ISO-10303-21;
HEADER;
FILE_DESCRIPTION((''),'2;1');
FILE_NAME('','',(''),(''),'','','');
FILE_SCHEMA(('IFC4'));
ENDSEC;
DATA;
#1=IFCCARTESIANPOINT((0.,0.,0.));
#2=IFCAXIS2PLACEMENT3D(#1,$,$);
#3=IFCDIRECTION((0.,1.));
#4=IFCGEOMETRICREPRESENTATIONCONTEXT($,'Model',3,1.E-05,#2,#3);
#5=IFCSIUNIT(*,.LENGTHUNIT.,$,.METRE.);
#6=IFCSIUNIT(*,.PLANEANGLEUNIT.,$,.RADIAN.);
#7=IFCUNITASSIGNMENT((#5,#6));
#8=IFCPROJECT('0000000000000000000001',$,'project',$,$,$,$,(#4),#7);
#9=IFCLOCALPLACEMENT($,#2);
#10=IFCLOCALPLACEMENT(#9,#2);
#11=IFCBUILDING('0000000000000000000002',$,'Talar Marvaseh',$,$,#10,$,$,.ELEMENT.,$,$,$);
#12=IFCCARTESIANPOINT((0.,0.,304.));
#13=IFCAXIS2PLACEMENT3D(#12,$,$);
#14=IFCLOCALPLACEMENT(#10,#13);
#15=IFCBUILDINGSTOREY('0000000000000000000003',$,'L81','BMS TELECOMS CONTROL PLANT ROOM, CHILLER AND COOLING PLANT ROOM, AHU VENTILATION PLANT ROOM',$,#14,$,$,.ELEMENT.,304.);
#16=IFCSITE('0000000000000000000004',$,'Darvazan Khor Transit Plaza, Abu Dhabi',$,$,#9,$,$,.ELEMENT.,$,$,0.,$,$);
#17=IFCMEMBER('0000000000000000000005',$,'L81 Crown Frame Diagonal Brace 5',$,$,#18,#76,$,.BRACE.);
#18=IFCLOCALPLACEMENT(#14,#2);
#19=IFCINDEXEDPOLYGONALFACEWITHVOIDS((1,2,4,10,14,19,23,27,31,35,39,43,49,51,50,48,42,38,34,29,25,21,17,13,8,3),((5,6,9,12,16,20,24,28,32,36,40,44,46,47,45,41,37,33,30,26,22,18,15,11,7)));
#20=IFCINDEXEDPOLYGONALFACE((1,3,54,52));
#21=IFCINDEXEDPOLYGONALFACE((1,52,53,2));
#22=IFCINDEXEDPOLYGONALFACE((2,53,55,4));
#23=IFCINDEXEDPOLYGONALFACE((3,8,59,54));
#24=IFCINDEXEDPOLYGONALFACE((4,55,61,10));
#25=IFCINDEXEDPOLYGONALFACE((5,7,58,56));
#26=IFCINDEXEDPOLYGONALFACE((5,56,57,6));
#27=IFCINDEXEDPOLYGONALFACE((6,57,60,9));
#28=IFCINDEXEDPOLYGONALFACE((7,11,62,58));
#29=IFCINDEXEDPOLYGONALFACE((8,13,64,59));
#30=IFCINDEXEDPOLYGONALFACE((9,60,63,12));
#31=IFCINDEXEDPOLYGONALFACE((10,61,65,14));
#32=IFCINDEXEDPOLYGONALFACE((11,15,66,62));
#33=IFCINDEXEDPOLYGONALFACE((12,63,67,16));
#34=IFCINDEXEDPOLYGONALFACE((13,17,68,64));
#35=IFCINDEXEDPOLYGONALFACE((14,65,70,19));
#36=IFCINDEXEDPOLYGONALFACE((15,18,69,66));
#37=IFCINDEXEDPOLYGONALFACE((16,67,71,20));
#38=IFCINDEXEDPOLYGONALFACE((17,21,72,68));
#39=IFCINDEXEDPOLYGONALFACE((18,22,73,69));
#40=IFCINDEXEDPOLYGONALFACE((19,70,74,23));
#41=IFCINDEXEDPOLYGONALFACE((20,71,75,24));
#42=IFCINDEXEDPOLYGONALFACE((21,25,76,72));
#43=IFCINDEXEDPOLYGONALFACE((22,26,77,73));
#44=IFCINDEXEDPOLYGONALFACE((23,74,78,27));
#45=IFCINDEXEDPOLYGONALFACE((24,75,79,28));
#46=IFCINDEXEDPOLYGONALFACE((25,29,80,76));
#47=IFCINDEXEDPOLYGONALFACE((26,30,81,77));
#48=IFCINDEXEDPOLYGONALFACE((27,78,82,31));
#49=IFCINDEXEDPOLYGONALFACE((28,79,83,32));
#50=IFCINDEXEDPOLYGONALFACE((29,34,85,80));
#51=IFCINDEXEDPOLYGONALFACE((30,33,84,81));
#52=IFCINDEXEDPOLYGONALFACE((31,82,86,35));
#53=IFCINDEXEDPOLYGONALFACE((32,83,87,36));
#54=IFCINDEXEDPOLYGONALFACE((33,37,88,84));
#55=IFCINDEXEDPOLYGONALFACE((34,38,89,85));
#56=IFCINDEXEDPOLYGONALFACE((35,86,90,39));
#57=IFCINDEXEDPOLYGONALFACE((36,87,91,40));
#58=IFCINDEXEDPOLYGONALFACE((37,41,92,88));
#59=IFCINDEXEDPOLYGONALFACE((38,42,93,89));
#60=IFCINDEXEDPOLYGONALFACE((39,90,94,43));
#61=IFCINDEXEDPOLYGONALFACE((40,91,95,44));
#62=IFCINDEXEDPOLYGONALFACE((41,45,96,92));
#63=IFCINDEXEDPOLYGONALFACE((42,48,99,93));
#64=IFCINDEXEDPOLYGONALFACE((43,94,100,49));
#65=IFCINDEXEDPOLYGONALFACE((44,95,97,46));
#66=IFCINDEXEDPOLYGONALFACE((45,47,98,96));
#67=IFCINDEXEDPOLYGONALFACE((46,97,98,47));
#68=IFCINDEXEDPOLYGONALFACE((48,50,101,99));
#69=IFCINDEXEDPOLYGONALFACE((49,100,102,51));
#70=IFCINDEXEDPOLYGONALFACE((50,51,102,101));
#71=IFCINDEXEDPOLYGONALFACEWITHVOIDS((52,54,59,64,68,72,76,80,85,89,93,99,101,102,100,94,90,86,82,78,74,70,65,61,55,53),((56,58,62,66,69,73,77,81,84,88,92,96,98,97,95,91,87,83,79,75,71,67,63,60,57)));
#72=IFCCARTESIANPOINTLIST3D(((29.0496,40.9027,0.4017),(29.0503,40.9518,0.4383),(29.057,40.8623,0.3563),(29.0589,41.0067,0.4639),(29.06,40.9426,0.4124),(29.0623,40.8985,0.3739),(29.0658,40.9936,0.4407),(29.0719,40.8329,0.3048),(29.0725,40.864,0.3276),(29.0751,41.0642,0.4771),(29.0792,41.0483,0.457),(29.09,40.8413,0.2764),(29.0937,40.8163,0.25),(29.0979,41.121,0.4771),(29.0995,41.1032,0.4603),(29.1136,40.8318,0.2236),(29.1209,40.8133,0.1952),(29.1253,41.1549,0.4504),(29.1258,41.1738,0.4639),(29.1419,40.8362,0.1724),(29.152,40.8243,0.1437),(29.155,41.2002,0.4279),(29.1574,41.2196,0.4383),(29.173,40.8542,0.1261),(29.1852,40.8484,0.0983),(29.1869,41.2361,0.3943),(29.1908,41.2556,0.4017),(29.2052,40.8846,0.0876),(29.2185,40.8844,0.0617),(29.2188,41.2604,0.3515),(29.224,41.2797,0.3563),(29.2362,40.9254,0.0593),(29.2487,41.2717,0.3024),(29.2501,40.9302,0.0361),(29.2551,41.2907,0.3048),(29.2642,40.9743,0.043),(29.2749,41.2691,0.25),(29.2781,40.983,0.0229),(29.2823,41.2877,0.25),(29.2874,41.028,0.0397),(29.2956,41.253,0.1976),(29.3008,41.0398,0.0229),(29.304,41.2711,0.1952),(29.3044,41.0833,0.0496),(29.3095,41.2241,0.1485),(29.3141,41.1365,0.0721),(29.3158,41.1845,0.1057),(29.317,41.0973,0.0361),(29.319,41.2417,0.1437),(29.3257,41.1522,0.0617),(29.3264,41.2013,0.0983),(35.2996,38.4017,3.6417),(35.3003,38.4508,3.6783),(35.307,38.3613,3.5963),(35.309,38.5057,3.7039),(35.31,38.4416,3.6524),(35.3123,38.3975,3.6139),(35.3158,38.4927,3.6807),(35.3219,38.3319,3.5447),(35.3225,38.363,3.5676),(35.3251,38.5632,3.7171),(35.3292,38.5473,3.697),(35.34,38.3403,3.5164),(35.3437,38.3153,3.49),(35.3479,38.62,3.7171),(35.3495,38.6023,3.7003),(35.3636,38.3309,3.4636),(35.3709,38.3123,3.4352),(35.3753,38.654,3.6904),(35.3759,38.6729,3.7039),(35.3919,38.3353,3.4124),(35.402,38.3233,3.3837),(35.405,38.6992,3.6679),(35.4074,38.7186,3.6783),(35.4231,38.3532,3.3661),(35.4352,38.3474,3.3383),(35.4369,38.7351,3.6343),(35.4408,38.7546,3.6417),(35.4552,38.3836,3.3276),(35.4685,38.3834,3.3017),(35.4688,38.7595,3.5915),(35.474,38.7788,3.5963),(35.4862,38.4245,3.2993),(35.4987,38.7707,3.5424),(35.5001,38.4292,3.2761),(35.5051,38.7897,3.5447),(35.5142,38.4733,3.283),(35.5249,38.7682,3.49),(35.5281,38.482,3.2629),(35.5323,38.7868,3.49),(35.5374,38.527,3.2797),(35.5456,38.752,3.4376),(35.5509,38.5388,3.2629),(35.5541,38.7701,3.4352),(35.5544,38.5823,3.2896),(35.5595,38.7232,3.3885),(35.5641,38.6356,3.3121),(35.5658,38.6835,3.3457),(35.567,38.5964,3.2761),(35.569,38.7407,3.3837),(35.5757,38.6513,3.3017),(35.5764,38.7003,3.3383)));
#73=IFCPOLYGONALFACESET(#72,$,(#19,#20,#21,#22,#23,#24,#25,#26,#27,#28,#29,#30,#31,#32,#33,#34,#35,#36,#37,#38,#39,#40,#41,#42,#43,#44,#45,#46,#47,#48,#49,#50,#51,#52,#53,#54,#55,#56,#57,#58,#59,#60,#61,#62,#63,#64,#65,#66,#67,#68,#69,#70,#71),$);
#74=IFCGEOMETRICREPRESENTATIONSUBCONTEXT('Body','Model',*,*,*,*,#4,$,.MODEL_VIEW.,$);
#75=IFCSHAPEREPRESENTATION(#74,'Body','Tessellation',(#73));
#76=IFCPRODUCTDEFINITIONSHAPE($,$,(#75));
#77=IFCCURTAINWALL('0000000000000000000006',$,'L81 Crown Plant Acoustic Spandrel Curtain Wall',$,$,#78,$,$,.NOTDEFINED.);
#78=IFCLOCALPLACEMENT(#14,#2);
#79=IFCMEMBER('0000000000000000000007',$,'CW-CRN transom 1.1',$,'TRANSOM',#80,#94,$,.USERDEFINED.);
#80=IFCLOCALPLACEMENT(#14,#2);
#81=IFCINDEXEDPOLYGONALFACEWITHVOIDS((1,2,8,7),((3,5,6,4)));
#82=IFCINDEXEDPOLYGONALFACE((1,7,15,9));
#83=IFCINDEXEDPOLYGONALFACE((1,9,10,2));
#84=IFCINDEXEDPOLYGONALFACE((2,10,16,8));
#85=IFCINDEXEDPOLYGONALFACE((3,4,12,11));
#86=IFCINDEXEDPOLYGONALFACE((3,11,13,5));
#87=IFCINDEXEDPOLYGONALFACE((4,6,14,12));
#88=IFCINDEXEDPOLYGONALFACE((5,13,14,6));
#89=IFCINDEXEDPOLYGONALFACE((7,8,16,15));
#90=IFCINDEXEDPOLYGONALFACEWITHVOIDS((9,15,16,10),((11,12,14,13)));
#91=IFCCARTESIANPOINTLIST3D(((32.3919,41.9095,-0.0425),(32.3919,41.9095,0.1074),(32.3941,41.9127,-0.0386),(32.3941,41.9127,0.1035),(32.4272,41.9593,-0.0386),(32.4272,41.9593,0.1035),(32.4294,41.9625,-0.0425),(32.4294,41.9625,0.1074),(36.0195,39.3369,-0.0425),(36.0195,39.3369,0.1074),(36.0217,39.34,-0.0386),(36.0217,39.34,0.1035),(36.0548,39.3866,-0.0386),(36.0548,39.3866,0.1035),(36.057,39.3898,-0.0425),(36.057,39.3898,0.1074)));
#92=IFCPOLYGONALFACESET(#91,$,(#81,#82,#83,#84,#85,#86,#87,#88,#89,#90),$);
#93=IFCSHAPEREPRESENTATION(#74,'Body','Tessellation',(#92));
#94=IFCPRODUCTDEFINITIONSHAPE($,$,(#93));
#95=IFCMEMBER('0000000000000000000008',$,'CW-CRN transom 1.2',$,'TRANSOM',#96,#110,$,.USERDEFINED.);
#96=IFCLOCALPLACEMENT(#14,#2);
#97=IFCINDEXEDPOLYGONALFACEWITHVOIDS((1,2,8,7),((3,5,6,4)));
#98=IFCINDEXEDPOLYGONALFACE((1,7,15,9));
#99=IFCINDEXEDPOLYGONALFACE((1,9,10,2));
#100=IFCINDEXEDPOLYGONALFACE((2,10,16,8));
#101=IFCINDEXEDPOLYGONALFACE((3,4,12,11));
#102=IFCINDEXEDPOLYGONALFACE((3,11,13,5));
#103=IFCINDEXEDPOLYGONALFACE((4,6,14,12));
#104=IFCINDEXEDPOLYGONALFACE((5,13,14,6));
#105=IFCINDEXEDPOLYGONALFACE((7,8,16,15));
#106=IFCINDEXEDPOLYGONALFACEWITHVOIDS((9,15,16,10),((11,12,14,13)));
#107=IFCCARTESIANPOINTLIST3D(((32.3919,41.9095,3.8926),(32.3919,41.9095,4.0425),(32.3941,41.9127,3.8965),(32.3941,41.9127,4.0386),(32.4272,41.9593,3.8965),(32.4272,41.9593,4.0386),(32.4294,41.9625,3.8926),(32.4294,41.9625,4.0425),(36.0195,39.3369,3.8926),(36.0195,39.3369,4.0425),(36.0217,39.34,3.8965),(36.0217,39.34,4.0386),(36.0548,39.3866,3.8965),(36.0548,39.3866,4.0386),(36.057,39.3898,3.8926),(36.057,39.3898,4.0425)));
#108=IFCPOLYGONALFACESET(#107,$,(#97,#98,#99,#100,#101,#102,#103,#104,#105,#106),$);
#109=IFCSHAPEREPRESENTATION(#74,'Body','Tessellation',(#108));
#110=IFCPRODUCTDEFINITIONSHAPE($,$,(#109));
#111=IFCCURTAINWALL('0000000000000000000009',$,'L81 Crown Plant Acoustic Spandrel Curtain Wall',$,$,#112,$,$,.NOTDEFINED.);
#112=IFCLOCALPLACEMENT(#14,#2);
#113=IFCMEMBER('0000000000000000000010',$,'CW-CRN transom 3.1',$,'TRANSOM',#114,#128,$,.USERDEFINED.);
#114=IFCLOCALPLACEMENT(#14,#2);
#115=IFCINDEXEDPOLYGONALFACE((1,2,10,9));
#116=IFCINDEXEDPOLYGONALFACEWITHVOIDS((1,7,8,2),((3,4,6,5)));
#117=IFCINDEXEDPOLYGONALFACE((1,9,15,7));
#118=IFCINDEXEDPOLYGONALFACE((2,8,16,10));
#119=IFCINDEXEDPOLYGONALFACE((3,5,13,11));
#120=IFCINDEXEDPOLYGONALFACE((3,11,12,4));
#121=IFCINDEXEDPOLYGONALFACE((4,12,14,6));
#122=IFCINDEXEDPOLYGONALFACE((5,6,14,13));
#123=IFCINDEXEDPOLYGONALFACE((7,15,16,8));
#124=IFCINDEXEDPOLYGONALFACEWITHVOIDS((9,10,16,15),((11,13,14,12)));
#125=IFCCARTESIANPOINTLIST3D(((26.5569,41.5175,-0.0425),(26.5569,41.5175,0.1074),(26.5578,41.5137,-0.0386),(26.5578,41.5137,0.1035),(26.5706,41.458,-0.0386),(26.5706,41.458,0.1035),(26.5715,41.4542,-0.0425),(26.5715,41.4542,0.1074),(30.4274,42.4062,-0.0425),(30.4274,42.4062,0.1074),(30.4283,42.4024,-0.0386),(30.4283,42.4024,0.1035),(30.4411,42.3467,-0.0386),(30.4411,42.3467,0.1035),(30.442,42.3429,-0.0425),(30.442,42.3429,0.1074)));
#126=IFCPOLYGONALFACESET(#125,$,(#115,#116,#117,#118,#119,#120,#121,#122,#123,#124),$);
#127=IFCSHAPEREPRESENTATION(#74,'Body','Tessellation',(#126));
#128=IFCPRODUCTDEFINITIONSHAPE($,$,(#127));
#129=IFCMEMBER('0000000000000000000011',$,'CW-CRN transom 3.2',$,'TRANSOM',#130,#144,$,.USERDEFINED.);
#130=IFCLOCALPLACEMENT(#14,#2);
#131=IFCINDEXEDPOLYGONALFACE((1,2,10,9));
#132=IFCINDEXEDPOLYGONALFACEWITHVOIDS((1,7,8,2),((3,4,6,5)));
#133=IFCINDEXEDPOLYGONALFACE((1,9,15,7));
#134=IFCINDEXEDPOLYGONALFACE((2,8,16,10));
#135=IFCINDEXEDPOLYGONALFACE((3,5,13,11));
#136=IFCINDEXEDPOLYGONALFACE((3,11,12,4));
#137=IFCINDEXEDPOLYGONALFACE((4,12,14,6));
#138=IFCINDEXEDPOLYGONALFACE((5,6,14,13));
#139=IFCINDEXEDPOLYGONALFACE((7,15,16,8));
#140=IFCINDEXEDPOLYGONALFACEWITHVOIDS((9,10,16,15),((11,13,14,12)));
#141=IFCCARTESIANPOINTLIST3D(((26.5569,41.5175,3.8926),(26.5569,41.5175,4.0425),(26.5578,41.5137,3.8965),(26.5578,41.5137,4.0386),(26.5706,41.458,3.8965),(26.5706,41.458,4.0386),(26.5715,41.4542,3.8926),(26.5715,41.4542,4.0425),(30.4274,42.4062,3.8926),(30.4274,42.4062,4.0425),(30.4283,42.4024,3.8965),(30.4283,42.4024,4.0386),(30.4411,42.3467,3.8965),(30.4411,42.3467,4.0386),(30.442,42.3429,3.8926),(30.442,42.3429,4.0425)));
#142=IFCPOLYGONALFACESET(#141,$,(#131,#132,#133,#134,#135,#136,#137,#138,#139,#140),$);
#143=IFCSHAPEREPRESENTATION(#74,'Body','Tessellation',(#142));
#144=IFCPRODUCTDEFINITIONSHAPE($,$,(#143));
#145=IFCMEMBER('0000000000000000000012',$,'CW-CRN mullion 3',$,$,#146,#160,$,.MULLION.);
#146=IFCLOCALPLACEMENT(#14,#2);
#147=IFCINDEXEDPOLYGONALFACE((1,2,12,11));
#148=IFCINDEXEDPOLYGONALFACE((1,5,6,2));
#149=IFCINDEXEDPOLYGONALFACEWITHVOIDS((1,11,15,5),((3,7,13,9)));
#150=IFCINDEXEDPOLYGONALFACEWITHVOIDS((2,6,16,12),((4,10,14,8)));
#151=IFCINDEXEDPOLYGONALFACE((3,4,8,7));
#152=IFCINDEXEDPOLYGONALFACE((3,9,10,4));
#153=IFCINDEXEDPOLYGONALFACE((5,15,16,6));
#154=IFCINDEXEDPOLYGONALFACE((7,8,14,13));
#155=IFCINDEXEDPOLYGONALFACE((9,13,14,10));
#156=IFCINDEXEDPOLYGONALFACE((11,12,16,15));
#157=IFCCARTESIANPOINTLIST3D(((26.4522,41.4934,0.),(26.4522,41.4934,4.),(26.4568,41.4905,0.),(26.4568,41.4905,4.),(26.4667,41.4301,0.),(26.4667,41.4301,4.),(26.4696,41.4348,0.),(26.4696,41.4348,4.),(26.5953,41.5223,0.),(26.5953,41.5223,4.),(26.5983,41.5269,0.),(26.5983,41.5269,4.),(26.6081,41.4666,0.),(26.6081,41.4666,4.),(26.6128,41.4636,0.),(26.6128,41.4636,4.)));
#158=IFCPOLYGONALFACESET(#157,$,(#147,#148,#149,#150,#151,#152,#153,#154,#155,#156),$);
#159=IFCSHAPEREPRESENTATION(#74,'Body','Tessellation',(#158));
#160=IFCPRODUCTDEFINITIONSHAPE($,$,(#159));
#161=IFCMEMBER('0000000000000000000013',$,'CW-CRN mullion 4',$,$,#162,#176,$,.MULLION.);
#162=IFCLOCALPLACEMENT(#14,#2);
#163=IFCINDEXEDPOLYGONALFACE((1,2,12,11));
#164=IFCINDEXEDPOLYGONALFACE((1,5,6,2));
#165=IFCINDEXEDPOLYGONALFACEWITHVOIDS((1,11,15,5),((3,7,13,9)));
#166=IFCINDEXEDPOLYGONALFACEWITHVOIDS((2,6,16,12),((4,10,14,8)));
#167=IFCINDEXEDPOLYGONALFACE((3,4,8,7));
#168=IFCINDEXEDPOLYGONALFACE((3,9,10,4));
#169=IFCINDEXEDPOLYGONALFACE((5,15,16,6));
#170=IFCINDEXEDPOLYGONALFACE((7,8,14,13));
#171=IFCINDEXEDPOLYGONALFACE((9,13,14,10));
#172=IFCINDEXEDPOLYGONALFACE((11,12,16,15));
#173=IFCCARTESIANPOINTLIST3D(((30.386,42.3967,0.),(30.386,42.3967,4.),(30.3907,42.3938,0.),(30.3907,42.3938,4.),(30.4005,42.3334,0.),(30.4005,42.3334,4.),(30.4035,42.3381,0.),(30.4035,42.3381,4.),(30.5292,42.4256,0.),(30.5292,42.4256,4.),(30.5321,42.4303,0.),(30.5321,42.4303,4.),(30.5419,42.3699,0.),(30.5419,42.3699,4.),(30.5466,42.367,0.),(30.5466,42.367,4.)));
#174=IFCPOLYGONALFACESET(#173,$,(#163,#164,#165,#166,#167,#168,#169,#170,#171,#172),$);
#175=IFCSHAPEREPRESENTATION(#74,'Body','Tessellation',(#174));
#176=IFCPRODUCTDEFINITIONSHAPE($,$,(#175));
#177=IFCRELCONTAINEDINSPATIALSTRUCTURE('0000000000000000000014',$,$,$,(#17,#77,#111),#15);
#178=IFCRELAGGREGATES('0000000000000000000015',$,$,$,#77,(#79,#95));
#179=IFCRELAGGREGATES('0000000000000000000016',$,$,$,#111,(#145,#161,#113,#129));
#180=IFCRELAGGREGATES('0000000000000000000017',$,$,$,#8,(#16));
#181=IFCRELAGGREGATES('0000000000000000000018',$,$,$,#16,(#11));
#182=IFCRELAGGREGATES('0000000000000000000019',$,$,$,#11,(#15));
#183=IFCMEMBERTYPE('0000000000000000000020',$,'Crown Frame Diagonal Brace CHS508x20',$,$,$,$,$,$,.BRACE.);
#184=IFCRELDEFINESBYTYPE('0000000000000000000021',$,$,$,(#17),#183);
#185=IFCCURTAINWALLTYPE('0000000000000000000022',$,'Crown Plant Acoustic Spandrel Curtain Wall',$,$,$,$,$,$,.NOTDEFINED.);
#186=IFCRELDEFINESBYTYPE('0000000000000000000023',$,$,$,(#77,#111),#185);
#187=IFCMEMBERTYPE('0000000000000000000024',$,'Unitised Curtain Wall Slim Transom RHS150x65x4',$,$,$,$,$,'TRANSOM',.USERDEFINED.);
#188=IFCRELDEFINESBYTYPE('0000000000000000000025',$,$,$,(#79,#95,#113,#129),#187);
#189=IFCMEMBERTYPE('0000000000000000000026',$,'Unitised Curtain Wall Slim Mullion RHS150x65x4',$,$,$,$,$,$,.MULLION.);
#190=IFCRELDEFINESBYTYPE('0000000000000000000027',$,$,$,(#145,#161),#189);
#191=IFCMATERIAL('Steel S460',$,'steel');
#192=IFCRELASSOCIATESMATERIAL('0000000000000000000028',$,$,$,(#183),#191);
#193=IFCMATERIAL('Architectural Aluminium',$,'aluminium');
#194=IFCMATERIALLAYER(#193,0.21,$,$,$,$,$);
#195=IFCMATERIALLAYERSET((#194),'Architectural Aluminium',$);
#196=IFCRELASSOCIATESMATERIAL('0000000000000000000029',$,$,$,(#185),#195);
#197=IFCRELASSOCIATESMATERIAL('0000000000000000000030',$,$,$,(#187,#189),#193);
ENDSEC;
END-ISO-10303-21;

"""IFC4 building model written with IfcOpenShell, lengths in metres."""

from ifc_helpers import new_model, si_unit, direction, frame, origin, origin_2d, place, context, subcontext, project, spatial, hollow_rectangle, hollow_circle, extrude, source, transform, mapped, material, layer, layer_set, material_profile, profile_set, type_object, type_shapes, element, aggregate, save


model = new_model("IFC4")

# Units and contexts
model_context = context("Model", 3, precision=1e-05, world=origin(), true_north=direction((0.0, 1.0)))
body_context = subcontext(model_context, "Body", "Model", "MODEL_VIEW")
ifc_project = project(units=[si_unit("LENGTHUNIT", "METRE"), si_unit("PLANEANGLEUNIT", "RADIAN")], contexts=[model_context])

# Site, building, storey
site_placement = place(None, origin())
site = spatial("IfcSite", under=ifc_project, at=site_placement, Name="Darvazan Khor Transit Plaza, Abu Dhabi", CompositionType="ELEMENT", RefElevation=0.0)
building_placement = place(site_placement, origin())
building = spatial("IfcBuilding", under=site, at=building_placement, Name="Talar Marvaseh", CompositionType="ELEMENT")
storey_placement = place(building_placement, frame((0.0, 0.0, 304.0)))
storey = spatial("IfcBuildingStorey", under=building, at=storey_placement, Name="L81", Description="BMS TELECOMS CONTROL PLANT ROOM, CHILLER AND COOLING PLANT ROOM, AHU VENTILATION PLANT ROOM", CompositionType="ELEMENT", Elevation=304.0)

# Shared definitions
ifc_material_1 = material(Name="Steel S460", Category="steel")

# Member
ifc_material_profile_1 = material_profile(ifc_material_1, hollow_circle(Radius=0.2539, WallThickness=0.02, at=origin_2d()), Name="CHS508x20")
ifc_profile_set_1 = profile_set([ifc_material_profile_1], Name="Steel S460")
member_type_1 = type_object("IfcMemberType", Name="Crown Frame Diagonal Brace CHS508x20", PredefinedType="BRACE", material=ifc_profile_set_1)
shared_shape_1 = source(origin(), body_context, "Body", "SweptSolid", [
    extrude(hollow_circle(Radius=0.2539, WallThickness=0.02, at=origin_2d()), origin(), (0.0, 0.0, 1.0), 7.4709),
])
type_shapes(member_type_1, [shared_shape_1])
member_1_placement = place(storey_placement, frame((29.188, 41.052, 0.25), z_axis=(0.836575, -0.334761, 0.433679), x_axis=(0.371516, 0.928427, 0.0)))
element("IfcMember", 1, at=member_1_placement, inside=storey, type_object=member_type_1, Name="L81 Crown Frame Diagonal Brace 5", PredefinedType="BRACE", context=body_context, shape_type="MappedRepresentation", body=[
    mapped(shared_shape_1, transform((0.0, 0.0, 0.0), x_axis=(1.0, 0.0, 0.0), y_axis=(0.0, 1.0, 0.0), z_axis=(0.0, 0.0, 1.0), scale=1.0)),
])

# Curtain walls, members
ifc_material_2 = material(Name="Architectural Aluminium", Category="aluminium")
ifc_layer_1 = layer(ifc_material_2, 0.21)
ifc_layer_set_1 = layer_set([ifc_layer_1], Name="Architectural Aluminium")
curtain_wall_type = type_object("IfcCurtainWallType", Name="Crown Plant Acoustic Spandrel Curtain Wall", PredefinedType="NOTDEFINED", material=ifc_layer_set_1)
curtain_wall_1_placement = place(storey_placement, origin())
curtain_wall_1 = element("IfcCurtainWall", 2, at=curtain_wall_1_placement, inside=storey, type_object=curtain_wall_type, Name="L81 Crown Plant Acoustic Spandrel Curtain Wall", PredefinedType="NOTDEFINED")
ifc_material_profile_2 = material_profile(ifc_material_2, hollow_rectangle(XDim=0.0649, YDim=0.1499, WallThickness=0.0039, at=origin_2d()), Name="RHS150x65x4")
ifc_profile_set_2 = profile_set([ifc_material_profile_2], Name="Architectural Aluminium")
member_type_2 = type_object("IfcMemberType", Name="Unitised Curtain Wall Slim Transom RHS150x65x4", ElementType="TRANSOM", PredefinedType="USERDEFINED", material=ifc_profile_set_2)
shared_shape_2 = source(origin(), body_context, "Body", "SweptSolid", [
    extrude(hollow_rectangle(XDim=0.0649, YDim=0.1499, WallThickness=0.0039, at=origin_2d()), origin(), (0.0, 0.0, 1.0), 4.4473),
])
member_2_placement = place(storey_placement, frame((32.4106, 41.936, 0.0325), z_axis=(0.815691, -0.578488, 0.0), x_axis=(0.578488, 0.815691, 0.0)))
member_2 = element("IfcMember", 3, at=member_2_placement, type_object=member_type_2, Name="CW-CRN transom 1.1", ObjectType="TRANSOM", PredefinedType="USERDEFINED", context=body_context, shape_type="MappedRepresentation", body=[
    mapped(shared_shape_2, transform((0.0, 0.0, 0.0), x_axis=(1.0, 0.0, 0.0), y_axis=(0.0, 1.0, 0.0), z_axis=(0.0, 0.0, 1.0), scale=1.0)),
])
member_3_placement = place(storey_placement, frame((32.4106, 41.936, 3.9675), z_axis=(0.815691, -0.578488, 0.0), x_axis=(0.578488, 0.815691, 0.0)))
member_3 = element("IfcMember", 4, at=member_3_placement, type_object=member_type_2, Name="CW-CRN transom 1.2", ObjectType="TRANSOM", PredefinedType="USERDEFINED", context=body_context, shape_type="MappedRepresentation", body=[
    mapped(shared_shape_2, transform((0.0, 0.0, 0.0), x_axis=(1.0, 0.0, 0.0), y_axis=(0.0, 1.0, 0.0), z_axis=(0.0, 0.0, 1.0), scale=1.0)),
])
curtain_wall_2_placement = place(storey_placement, origin())
curtain_wall_2 = element("IfcCurtainWall", 5, at=curtain_wall_2_placement, inside=storey, type_object=curtain_wall_type, Name="L81 Crown Plant Acoustic Spandrel Curtain Wall", PredefinedType="NOTDEFINED")
shared_shape_3 = source(origin(), body_context, "Body", "SweptSolid", [
    extrude(hollow_rectangle(XDim=0.0649, YDim=0.1499, WallThickness=0.0039, at=origin_2d()), origin(), (0.0, 0.0, 1.0), 3.9712),
])
type_shapes(member_type_2, [shared_shape_2, shared_shape_3])
member_4_placement = place(storey_placement, frame((26.5642, 41.4858, 0.0325), z_axis=(0.974638, 0.223786, 0.0), x_axis=(-0.223786, 0.974638, 0.0)))
member_4 = element("IfcMember", 6, at=member_4_placement, type_object=member_type_2, Name="CW-CRN transom 3.1", ObjectType="TRANSOM", PredefinedType="USERDEFINED", context=body_context, shape_type="MappedRepresentation", body=[
    mapped(shared_shape_3, transform((0.0, 0.0, 0.0), x_axis=(1.0, 0.0, 0.0), y_axis=(0.0, 1.0, 0.0), z_axis=(0.0, 0.0, 1.0), scale=1.0)),
])
member_5_placement = place(storey_placement, frame((26.5642, 41.4858, 3.9675), z_axis=(0.974638, 0.223786, 0.0), x_axis=(-0.223786, 0.974638, 0.0)))
member_5 = element("IfcMember", 7, at=member_5_placement, type_object=member_type_2, Name="CW-CRN transom 3.2", ObjectType="TRANSOM", PredefinedType="USERDEFINED", context=body_context, shape_type="MappedRepresentation", body=[
    mapped(shared_shape_3, transform((0.0, 0.0, 0.0), x_axis=(1.0, 0.0, 0.0), y_axis=(0.0, 1.0, 0.0), z_axis=(0.0, 0.0, 1.0), scale=1.0)),
])
ifc_material_profile_3 = material_profile(ifc_material_2, hollow_rectangle(XDim=0.0649, YDim=0.1499, WallThickness=0.0039, at=origin_2d()), Name="RHS150x65x4")
ifc_profile_set_3 = profile_set([ifc_material_profile_3], Name="Architectural Aluminium")
member_type_3 = type_object("IfcMemberType", Name="Unitised Curtain Wall Slim Mullion RHS150x65x4", PredefinedType="MULLION", material=ifc_profile_set_3)
shared_shape_4 = source(origin(), body_context, "Body", "SweptSolid", [
    extrude(hollow_rectangle(XDim=0.0649, YDim=0.1499, WallThickness=0.0039, at=origin_2d()), origin(), (0.0, 0.0, 1.0), 4.0),
])
type_shapes(member_type_3, [shared_shape_4])
member_6_placement = place(storey_placement, frame((26.5325, 41.4785, 0.0), z_axis=(0.0, 0.0, 1.0), x_axis=(-0.223792, 0.974637, 0.0)))
member_6 = element("IfcMember", 8, at=member_6_placement, type_object=member_type_3, Name="CW-CRN mullion 3", PredefinedType="MULLION", context=body_context, shape_type="MappedRepresentation", body=[
    mapped(shared_shape_4, transform((0.0, 0.0, 0.0), x_axis=(1.0, 0.0, 0.0), y_axis=(0.0, 1.0, 0.0), z_axis=(0.0, 0.0, 1.0), scale=1.0)),
])
member_7_placement = place(storey_placement, frame((30.4663, 42.3818, 0.0), z_axis=(0.0, 0.0, 1.0), x_axis=(-0.223792, 0.974637, 0.0)))
member_7 = element("IfcMember", 9, at=member_7_placement, type_object=member_type_3, Name="CW-CRN mullion 4", PredefinedType="MULLION", context=body_context, shape_type="MappedRepresentation", body=[
    mapped(shared_shape_4, transform((0.0, 0.0, 0.0), x_axis=(1.0, 0.0, 0.0), y_axis=(0.0, 1.0, 0.0), z_axis=(0.0, 0.0, 1.0), scale=1.0)),
])

aggregate(curtain_wall_1, [member_2, member_3])

aggregate(curtain_wall_2, [member_6, member_7, member_4, member_5])

save(model, "model.ifc")
